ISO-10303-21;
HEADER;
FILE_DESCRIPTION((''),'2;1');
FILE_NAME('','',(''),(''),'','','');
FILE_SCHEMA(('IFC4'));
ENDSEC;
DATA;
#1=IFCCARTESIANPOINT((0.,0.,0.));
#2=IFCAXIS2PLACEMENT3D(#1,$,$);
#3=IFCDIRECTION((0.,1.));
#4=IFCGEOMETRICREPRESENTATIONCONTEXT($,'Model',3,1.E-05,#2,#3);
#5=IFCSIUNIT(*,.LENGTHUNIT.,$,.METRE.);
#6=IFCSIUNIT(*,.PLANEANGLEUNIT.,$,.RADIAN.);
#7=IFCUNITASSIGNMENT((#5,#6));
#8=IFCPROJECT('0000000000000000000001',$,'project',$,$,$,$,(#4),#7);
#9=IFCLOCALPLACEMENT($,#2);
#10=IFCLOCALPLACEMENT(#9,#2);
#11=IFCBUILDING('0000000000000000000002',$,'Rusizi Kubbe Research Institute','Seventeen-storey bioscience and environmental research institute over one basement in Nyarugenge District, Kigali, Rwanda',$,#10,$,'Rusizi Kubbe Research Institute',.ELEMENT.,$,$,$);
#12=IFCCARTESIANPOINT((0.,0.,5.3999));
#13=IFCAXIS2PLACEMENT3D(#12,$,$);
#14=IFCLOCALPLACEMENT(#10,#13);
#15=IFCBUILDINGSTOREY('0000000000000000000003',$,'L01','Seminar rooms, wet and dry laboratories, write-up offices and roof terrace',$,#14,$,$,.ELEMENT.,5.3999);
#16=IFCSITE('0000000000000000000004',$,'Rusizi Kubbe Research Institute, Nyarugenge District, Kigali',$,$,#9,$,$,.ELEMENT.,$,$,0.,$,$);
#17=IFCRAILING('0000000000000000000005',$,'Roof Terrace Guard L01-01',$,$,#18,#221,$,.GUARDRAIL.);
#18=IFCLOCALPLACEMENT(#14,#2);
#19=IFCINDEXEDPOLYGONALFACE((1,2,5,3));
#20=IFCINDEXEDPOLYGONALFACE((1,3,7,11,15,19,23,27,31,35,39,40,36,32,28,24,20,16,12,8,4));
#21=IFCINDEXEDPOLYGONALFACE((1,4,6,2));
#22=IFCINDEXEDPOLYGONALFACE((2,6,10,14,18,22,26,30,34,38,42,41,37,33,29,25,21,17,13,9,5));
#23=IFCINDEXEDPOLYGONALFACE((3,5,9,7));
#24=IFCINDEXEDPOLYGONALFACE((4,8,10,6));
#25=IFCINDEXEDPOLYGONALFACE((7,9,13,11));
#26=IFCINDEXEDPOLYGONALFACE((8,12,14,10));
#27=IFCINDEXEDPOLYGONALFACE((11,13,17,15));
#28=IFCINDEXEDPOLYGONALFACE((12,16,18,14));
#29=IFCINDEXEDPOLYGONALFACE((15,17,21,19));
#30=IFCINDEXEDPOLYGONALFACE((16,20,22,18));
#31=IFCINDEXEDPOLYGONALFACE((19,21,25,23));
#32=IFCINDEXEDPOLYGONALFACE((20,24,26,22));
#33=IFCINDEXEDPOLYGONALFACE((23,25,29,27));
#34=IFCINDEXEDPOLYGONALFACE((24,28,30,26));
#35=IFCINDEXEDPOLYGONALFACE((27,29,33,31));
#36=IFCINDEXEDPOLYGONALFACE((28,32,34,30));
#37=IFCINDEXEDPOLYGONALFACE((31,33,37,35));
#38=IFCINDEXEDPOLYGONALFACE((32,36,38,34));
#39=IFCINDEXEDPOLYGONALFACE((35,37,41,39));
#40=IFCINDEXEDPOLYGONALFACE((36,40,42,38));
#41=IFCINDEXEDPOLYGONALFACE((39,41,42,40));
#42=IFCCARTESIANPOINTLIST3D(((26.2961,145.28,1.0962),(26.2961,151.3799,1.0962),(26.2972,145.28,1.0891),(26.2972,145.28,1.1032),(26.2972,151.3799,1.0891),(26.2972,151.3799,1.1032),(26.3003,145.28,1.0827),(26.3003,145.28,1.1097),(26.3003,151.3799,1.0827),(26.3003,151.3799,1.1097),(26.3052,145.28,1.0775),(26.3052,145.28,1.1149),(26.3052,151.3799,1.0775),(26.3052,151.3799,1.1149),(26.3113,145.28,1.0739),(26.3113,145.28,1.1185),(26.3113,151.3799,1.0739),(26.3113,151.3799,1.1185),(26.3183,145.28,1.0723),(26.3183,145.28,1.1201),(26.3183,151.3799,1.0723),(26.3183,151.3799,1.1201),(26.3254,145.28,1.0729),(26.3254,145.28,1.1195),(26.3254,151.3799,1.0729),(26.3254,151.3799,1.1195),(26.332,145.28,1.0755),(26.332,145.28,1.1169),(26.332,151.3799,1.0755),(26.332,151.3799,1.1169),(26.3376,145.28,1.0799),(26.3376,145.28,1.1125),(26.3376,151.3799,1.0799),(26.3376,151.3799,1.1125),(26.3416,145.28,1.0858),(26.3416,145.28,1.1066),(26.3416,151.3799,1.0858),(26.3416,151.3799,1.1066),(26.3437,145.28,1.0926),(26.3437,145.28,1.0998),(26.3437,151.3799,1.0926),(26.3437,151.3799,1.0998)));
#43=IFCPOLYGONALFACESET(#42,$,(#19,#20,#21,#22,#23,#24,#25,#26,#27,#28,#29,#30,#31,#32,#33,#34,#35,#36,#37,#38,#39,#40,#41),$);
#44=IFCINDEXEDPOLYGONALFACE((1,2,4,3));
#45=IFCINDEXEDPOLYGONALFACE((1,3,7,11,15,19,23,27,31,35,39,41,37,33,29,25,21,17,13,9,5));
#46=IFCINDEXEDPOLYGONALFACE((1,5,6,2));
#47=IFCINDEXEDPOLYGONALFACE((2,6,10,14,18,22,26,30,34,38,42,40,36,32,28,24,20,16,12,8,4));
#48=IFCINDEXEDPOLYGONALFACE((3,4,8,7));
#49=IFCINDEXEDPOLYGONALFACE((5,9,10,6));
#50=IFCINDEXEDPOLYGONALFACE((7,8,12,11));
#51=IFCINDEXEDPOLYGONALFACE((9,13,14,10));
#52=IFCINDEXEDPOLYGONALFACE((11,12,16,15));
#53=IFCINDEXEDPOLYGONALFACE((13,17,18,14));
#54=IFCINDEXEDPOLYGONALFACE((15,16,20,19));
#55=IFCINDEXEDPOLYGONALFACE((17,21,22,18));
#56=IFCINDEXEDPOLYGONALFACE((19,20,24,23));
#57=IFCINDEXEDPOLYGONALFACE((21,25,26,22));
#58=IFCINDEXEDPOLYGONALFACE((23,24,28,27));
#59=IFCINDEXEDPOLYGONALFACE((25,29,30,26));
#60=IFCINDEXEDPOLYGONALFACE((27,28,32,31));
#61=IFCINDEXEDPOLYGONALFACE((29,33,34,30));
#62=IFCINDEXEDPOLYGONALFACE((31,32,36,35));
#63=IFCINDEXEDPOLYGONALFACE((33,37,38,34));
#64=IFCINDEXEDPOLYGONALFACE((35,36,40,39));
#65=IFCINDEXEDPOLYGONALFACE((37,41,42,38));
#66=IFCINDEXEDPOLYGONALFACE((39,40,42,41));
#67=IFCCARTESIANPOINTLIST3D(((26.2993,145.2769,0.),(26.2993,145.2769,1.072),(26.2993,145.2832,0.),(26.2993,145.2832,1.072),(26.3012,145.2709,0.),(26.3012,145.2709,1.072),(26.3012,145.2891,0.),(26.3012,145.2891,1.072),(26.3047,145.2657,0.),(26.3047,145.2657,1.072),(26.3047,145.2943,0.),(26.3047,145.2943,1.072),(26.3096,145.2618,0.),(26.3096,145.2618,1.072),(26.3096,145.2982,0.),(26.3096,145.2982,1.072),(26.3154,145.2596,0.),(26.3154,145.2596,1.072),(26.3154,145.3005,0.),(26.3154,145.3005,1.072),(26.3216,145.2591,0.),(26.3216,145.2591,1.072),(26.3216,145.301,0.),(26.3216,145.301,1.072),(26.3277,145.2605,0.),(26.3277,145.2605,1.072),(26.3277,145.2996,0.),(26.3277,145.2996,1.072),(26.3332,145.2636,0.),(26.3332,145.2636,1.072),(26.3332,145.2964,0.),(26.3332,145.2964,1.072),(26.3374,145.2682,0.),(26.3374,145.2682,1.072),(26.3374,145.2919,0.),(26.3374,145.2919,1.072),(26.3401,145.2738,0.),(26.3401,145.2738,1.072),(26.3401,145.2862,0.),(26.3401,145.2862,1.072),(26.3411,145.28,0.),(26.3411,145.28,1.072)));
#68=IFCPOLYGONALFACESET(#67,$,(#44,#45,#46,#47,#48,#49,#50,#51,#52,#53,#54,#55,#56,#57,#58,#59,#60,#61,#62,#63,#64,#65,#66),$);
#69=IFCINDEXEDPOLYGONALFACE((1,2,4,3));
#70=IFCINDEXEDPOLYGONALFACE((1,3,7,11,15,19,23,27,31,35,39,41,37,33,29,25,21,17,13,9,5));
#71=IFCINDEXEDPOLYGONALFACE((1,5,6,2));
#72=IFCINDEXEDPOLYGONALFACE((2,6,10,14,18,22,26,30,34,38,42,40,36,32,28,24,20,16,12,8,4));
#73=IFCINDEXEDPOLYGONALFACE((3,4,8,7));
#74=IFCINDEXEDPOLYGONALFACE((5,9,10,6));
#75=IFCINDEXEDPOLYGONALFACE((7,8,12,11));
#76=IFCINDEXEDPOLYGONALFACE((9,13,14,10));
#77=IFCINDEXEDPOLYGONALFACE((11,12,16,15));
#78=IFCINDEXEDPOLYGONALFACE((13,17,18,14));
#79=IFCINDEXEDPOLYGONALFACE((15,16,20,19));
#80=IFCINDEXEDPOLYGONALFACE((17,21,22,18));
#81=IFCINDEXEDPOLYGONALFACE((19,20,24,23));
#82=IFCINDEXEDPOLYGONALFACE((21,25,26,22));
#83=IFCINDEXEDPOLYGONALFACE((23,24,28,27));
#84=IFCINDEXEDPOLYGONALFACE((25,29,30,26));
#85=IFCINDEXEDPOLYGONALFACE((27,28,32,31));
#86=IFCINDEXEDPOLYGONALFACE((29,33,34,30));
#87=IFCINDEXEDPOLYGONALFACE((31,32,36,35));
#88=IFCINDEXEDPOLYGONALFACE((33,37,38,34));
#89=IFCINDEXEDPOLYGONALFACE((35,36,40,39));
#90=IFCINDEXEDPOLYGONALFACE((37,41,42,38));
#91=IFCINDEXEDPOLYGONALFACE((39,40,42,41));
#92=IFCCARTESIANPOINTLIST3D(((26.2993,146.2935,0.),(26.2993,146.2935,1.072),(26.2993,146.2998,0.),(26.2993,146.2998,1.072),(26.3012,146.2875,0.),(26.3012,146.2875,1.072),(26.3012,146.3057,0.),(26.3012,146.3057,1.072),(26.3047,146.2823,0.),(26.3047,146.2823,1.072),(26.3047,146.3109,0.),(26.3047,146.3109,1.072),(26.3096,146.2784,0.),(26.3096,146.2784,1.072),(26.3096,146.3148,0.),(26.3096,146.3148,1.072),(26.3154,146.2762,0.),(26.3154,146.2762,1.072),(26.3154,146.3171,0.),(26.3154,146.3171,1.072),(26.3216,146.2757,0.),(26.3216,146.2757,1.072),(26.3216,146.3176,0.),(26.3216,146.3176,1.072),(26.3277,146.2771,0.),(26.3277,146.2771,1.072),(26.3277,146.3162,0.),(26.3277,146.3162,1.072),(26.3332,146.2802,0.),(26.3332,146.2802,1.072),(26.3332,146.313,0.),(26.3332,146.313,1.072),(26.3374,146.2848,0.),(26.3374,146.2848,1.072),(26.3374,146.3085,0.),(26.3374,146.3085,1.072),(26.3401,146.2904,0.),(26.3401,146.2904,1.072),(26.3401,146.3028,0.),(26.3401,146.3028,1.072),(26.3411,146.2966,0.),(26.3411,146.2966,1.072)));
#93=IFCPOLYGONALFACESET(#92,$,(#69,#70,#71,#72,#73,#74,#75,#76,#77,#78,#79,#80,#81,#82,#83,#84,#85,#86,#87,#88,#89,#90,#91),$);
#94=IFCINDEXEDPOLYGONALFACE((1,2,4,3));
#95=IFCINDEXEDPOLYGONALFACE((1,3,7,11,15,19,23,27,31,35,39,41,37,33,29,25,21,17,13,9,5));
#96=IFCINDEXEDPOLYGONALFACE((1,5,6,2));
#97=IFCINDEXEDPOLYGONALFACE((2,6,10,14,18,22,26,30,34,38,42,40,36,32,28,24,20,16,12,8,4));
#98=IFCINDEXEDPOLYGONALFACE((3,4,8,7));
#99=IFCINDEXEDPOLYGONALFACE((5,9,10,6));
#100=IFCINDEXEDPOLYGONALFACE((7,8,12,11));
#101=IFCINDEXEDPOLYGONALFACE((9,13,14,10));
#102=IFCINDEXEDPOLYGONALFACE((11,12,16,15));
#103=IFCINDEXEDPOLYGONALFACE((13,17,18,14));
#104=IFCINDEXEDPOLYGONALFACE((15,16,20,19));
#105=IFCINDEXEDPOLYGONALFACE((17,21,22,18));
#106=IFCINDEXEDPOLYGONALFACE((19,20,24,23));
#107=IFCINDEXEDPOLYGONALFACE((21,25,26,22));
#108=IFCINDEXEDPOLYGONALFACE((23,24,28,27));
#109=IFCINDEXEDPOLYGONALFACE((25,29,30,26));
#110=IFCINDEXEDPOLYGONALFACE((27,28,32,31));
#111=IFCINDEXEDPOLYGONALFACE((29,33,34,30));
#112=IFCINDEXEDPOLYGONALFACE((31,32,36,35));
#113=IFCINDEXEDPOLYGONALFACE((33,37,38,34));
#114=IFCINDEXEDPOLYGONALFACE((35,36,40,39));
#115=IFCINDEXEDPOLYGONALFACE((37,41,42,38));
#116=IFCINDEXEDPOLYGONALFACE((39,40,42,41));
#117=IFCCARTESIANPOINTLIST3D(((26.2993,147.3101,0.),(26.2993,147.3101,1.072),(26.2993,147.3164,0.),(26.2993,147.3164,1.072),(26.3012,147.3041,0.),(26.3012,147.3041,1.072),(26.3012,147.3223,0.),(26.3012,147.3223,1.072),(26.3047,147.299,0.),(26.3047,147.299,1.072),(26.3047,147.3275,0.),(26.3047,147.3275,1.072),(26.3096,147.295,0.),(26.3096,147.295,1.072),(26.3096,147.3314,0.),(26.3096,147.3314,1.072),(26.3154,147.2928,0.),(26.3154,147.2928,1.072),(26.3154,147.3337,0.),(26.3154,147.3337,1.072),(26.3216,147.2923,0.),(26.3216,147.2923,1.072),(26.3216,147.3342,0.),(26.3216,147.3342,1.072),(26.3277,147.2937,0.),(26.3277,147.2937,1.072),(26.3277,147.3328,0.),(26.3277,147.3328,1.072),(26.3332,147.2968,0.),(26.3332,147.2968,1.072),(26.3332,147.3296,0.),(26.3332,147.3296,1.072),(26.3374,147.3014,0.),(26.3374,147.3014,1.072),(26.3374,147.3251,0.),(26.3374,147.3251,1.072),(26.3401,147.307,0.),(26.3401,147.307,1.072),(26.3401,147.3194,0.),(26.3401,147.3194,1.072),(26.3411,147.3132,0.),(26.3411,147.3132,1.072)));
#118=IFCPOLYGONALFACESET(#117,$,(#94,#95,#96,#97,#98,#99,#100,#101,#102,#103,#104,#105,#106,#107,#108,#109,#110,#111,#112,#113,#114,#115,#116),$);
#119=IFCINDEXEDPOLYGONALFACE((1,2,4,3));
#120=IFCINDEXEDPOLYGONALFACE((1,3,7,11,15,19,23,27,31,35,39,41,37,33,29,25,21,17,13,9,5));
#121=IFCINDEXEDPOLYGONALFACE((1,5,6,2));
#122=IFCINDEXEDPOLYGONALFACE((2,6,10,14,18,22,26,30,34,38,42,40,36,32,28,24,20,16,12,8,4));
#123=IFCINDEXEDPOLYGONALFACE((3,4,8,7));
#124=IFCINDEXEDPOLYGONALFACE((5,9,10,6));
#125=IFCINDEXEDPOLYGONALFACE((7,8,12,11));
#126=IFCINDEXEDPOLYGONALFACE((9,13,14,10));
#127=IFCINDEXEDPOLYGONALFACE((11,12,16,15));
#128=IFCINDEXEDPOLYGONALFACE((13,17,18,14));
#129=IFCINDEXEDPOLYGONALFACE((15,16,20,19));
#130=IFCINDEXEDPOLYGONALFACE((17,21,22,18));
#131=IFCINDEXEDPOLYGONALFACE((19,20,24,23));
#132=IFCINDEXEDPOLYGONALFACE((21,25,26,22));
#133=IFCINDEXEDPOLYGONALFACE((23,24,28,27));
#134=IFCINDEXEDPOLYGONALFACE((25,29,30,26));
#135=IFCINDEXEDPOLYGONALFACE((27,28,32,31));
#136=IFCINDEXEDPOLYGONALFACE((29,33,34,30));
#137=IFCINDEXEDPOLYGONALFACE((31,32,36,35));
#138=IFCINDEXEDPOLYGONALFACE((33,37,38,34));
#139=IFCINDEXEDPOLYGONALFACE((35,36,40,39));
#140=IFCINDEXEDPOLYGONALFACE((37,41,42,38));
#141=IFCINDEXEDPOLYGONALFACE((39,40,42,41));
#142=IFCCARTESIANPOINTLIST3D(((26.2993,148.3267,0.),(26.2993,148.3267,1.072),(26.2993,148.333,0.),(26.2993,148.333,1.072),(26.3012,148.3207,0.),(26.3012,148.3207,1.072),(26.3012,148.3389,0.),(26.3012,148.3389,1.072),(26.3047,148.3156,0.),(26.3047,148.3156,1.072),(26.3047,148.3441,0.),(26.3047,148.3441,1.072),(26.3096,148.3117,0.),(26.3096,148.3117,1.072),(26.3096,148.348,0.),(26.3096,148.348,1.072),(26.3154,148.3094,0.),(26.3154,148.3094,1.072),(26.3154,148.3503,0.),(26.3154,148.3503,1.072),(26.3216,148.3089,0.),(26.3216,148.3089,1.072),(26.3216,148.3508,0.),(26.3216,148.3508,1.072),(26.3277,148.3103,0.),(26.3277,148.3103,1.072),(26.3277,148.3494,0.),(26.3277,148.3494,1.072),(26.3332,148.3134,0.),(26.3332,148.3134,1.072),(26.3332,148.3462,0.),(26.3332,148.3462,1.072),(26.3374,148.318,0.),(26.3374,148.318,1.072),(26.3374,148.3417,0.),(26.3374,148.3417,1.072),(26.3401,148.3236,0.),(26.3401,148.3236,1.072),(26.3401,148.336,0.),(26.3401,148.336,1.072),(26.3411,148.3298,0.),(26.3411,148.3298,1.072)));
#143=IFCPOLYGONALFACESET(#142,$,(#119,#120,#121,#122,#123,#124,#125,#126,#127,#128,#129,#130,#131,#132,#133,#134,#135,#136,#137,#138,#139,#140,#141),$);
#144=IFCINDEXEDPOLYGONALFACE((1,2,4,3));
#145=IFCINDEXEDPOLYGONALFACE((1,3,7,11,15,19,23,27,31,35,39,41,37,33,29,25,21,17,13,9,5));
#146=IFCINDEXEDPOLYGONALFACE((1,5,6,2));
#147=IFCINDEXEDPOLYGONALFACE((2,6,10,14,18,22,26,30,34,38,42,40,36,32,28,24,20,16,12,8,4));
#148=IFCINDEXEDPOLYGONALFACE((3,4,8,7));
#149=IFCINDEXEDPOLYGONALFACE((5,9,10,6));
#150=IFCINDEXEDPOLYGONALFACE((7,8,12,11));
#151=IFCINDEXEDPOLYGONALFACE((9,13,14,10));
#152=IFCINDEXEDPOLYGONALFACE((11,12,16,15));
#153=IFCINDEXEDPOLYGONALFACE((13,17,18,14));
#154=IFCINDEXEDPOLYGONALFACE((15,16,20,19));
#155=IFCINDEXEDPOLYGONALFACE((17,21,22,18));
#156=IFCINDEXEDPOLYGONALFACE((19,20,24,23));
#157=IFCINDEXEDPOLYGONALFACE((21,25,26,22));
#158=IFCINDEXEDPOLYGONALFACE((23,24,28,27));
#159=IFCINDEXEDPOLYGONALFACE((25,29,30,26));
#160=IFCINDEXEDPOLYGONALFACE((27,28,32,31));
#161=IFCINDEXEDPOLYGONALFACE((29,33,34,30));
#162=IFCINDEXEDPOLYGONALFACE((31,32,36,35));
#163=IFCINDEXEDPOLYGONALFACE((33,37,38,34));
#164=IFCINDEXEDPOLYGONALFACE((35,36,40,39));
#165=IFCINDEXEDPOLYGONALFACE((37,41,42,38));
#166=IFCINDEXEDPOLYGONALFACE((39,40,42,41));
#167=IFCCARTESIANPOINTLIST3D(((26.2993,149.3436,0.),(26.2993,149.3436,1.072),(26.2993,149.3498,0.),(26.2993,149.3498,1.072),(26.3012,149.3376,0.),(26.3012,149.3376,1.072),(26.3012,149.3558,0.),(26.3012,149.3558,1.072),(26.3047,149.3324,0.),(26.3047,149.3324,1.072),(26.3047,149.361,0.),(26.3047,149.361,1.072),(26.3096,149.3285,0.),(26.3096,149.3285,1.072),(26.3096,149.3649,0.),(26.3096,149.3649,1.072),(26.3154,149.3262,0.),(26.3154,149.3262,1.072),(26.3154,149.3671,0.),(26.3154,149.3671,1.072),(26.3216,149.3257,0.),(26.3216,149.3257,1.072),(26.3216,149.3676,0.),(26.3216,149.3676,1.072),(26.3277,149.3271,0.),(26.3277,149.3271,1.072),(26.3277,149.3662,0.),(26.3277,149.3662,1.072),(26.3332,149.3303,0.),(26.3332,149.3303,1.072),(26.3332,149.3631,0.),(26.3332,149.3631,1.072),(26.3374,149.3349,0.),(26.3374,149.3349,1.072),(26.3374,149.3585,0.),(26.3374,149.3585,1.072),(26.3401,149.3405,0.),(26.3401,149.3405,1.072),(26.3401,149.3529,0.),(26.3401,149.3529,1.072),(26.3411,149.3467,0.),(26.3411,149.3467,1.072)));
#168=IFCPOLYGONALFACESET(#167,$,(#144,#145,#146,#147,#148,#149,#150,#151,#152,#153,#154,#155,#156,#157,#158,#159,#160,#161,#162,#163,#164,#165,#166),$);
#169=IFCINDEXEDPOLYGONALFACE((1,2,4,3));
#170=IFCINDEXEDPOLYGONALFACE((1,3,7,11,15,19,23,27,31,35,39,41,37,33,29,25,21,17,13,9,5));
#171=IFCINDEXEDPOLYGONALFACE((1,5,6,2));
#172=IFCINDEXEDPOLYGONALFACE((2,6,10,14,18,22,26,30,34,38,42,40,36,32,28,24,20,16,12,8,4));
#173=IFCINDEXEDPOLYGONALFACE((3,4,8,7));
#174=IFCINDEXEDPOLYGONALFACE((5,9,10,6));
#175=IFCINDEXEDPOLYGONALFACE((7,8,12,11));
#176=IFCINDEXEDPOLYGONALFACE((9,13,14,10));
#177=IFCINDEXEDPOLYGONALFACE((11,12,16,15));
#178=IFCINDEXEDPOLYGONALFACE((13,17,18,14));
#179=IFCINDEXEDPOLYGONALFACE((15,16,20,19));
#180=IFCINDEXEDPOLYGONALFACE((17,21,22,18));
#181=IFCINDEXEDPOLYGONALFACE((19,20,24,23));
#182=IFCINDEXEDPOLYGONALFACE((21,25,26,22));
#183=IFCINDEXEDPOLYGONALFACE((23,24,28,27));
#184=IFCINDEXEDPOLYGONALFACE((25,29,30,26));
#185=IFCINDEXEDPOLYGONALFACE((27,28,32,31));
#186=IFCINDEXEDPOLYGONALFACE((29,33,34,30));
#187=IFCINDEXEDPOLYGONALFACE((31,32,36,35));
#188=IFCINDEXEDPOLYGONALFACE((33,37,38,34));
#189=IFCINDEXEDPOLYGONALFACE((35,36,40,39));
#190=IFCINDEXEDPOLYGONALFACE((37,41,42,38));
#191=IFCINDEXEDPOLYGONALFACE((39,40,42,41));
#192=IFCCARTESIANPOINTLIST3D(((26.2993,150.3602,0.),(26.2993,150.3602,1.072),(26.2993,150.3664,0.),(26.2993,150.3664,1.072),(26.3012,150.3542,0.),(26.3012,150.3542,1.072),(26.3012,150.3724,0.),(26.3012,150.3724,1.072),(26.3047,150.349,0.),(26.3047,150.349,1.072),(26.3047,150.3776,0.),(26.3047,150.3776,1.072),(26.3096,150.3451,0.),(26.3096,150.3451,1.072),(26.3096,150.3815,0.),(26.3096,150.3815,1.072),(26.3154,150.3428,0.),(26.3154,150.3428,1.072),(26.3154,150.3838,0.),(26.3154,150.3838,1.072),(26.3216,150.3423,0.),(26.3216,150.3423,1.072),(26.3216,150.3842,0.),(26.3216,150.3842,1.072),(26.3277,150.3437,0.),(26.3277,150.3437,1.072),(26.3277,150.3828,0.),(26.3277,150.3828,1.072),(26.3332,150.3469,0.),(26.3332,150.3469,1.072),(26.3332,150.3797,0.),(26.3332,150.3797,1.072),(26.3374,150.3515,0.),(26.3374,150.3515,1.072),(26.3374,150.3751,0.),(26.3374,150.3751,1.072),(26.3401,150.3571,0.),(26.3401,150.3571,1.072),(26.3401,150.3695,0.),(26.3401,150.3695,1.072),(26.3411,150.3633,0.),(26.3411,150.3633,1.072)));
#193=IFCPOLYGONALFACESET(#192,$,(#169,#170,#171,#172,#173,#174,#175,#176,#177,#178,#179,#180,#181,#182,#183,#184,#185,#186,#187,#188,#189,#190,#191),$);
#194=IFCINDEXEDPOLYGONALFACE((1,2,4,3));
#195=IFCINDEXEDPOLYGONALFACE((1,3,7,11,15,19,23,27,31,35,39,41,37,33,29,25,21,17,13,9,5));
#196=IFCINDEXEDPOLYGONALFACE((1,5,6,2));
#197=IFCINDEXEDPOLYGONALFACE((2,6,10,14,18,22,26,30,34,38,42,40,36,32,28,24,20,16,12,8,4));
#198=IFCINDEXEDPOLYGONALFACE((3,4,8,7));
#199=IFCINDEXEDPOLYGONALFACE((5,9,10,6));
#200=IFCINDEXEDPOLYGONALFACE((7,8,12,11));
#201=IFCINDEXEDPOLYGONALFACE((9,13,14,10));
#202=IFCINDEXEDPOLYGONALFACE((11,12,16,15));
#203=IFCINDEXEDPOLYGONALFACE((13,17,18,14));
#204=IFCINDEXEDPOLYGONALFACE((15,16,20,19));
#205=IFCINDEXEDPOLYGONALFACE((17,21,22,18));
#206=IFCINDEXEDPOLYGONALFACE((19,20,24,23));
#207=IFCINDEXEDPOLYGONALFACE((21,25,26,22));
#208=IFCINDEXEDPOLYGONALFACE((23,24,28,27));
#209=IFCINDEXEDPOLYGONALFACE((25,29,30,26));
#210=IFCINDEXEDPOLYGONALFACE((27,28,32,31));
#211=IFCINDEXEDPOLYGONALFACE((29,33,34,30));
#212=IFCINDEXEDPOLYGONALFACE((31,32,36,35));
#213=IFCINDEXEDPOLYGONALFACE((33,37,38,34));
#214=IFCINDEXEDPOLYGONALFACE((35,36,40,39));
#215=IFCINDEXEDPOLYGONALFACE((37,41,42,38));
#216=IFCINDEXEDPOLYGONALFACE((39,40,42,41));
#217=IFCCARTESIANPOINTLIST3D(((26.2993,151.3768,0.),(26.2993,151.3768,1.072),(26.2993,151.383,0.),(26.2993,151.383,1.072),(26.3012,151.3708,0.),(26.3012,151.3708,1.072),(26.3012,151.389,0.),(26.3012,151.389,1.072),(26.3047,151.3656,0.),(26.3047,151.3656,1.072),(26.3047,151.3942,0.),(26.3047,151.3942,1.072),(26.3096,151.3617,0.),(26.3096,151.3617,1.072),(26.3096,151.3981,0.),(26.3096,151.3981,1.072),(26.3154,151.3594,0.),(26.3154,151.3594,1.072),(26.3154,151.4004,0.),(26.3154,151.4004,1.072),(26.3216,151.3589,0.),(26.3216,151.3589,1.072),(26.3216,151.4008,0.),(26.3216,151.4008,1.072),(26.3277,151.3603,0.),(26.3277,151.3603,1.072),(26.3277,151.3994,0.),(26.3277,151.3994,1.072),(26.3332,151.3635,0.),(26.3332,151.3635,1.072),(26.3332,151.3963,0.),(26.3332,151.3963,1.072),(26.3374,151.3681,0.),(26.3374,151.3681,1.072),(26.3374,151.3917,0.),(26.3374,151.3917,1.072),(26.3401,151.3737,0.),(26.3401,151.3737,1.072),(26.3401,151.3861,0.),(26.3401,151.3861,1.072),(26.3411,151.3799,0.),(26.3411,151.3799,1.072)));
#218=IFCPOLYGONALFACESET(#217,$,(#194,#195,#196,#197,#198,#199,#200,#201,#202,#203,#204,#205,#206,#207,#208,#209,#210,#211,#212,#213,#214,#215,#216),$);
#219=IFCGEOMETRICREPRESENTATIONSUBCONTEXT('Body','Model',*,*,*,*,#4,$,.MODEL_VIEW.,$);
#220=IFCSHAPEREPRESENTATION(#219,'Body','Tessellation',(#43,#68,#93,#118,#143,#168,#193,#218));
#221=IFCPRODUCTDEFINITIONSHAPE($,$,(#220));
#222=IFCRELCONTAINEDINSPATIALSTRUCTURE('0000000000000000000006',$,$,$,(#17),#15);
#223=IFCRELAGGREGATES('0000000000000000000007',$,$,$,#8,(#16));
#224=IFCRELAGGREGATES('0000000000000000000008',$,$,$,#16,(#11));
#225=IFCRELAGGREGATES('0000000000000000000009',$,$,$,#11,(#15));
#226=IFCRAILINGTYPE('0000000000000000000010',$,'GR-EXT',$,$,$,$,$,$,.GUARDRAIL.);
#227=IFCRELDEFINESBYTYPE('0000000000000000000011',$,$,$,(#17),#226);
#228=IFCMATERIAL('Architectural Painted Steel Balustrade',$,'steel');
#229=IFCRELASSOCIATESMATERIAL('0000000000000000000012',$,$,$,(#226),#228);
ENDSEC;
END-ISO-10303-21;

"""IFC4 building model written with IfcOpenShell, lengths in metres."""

from ifc_helpers import new_model, si_unit, direction, frame, origin, origin_2d, place, context, subcontext, project, spatial, circle, extrude, material, type_object, element, save


model = new_model("IFC4")

# Units and contexts
model_context = context("Model", 3, precision=1e-05, world=origin(), true_north=direction((0.0, 1.0)))
body_context = subcontext(model_context, "Body", "Model", "MODEL_VIEW")
ifc_project = project(units=[si_unit("LENGTHUNIT", "METRE"), si_unit("PLANEANGLEUNIT", "RADIAN")], contexts=[model_context])

# Site, building, storey
site_placement = place(None, origin())
site = spatial("IfcSite", under=ifc_project, at=site_placement, Name="Rusizi Kubbe Research Institute, Nyarugenge District, Kigali", CompositionType="ELEMENT", RefElevation=0.0)
building_placement = place(site_placement, origin())
building = spatial("IfcBuilding", under=site, at=building_placement, Name="Rusizi Kubbe Research Institute", Description="Seventeen-storey bioscience and environmental research institute over one basement in Nyarugenge District, Kigali, Rwanda", LongName="Rusizi Kubbe Research Institute", CompositionType="ELEMENT")
storey_placement = place(building_placement, frame((0.0, 0.0, 5.3999)))
storey = spatial("IfcBuildingStorey", under=building, at=storey_placement, Name="L01", Description="Seminar rooms, wet and dry laboratories, write-up offices and roof terrace", CompositionType="ELEMENT", Elevation=5.3999)

# Railing
ifc_material_1 = material(Name="Architectural Painted Steel Balustrade", Category="steel")
railing_type = type_object("IfcRailingType", Name="GR-EXT", PredefinedType="GUARDRAIL", material=ifc_material_1)
railing_placement = place(storey_placement, frame((26.3201, 145.28, 0.0)))
element("IfcRailing", 1, at=railing_placement, inside=storey, type_object=railing_type, Name="Roof Terrace Guard L01-01", PredefinedType="GUARDRAIL", context=body_context, shape_type="SweptSolid", body=[
    extrude(circle(Radius=0.0239, at=origin_2d()), frame((0.0, 0.0, 1.0962), z_axis=(0.0, 1.0, 0.0), x_axis=(-1.0, 0.0, 0.0)), (0.0, 0.0, 1.0), 6.0999),
    extrude(circle(Radius=0.021, at=origin_2d()), origin(), (0.0, 0.0, 1.0), 1.072),
    extrude(circle(Radius=0.021, at=origin_2d()), frame((0.0, 1.0166, 0.0)), (0.0, 0.0, 1.0), 1.072),
    extrude(circle(Radius=0.021, at=origin_2d()), frame((0.0, 2.0332, 0.0)), (0.0, 0.0, 1.0), 1.072),
    extrude(circle(Radius=0.021, at=origin_2d()), frame((0.0, 3.0498, 0.0)), (0.0, 0.0, 1.0), 1.072),
    extrude(circle(Radius=0.021, at=origin_2d()), frame((0.0, 4.0667, 0.0)), (0.0, 0.0, 1.0), 1.072),
    extrude(circle(Radius=0.021, at=origin_2d()), frame((0.0, 5.0833, 0.0)), (0.0, 0.0, 1.0), 1.072),
    extrude(circle(Radius=0.021, at=origin_2d()), frame((0.0, 6.0999, 0.0)), (0.0, 0.0, 1.0), 1.072),
])

save(model, "model.ifc")
